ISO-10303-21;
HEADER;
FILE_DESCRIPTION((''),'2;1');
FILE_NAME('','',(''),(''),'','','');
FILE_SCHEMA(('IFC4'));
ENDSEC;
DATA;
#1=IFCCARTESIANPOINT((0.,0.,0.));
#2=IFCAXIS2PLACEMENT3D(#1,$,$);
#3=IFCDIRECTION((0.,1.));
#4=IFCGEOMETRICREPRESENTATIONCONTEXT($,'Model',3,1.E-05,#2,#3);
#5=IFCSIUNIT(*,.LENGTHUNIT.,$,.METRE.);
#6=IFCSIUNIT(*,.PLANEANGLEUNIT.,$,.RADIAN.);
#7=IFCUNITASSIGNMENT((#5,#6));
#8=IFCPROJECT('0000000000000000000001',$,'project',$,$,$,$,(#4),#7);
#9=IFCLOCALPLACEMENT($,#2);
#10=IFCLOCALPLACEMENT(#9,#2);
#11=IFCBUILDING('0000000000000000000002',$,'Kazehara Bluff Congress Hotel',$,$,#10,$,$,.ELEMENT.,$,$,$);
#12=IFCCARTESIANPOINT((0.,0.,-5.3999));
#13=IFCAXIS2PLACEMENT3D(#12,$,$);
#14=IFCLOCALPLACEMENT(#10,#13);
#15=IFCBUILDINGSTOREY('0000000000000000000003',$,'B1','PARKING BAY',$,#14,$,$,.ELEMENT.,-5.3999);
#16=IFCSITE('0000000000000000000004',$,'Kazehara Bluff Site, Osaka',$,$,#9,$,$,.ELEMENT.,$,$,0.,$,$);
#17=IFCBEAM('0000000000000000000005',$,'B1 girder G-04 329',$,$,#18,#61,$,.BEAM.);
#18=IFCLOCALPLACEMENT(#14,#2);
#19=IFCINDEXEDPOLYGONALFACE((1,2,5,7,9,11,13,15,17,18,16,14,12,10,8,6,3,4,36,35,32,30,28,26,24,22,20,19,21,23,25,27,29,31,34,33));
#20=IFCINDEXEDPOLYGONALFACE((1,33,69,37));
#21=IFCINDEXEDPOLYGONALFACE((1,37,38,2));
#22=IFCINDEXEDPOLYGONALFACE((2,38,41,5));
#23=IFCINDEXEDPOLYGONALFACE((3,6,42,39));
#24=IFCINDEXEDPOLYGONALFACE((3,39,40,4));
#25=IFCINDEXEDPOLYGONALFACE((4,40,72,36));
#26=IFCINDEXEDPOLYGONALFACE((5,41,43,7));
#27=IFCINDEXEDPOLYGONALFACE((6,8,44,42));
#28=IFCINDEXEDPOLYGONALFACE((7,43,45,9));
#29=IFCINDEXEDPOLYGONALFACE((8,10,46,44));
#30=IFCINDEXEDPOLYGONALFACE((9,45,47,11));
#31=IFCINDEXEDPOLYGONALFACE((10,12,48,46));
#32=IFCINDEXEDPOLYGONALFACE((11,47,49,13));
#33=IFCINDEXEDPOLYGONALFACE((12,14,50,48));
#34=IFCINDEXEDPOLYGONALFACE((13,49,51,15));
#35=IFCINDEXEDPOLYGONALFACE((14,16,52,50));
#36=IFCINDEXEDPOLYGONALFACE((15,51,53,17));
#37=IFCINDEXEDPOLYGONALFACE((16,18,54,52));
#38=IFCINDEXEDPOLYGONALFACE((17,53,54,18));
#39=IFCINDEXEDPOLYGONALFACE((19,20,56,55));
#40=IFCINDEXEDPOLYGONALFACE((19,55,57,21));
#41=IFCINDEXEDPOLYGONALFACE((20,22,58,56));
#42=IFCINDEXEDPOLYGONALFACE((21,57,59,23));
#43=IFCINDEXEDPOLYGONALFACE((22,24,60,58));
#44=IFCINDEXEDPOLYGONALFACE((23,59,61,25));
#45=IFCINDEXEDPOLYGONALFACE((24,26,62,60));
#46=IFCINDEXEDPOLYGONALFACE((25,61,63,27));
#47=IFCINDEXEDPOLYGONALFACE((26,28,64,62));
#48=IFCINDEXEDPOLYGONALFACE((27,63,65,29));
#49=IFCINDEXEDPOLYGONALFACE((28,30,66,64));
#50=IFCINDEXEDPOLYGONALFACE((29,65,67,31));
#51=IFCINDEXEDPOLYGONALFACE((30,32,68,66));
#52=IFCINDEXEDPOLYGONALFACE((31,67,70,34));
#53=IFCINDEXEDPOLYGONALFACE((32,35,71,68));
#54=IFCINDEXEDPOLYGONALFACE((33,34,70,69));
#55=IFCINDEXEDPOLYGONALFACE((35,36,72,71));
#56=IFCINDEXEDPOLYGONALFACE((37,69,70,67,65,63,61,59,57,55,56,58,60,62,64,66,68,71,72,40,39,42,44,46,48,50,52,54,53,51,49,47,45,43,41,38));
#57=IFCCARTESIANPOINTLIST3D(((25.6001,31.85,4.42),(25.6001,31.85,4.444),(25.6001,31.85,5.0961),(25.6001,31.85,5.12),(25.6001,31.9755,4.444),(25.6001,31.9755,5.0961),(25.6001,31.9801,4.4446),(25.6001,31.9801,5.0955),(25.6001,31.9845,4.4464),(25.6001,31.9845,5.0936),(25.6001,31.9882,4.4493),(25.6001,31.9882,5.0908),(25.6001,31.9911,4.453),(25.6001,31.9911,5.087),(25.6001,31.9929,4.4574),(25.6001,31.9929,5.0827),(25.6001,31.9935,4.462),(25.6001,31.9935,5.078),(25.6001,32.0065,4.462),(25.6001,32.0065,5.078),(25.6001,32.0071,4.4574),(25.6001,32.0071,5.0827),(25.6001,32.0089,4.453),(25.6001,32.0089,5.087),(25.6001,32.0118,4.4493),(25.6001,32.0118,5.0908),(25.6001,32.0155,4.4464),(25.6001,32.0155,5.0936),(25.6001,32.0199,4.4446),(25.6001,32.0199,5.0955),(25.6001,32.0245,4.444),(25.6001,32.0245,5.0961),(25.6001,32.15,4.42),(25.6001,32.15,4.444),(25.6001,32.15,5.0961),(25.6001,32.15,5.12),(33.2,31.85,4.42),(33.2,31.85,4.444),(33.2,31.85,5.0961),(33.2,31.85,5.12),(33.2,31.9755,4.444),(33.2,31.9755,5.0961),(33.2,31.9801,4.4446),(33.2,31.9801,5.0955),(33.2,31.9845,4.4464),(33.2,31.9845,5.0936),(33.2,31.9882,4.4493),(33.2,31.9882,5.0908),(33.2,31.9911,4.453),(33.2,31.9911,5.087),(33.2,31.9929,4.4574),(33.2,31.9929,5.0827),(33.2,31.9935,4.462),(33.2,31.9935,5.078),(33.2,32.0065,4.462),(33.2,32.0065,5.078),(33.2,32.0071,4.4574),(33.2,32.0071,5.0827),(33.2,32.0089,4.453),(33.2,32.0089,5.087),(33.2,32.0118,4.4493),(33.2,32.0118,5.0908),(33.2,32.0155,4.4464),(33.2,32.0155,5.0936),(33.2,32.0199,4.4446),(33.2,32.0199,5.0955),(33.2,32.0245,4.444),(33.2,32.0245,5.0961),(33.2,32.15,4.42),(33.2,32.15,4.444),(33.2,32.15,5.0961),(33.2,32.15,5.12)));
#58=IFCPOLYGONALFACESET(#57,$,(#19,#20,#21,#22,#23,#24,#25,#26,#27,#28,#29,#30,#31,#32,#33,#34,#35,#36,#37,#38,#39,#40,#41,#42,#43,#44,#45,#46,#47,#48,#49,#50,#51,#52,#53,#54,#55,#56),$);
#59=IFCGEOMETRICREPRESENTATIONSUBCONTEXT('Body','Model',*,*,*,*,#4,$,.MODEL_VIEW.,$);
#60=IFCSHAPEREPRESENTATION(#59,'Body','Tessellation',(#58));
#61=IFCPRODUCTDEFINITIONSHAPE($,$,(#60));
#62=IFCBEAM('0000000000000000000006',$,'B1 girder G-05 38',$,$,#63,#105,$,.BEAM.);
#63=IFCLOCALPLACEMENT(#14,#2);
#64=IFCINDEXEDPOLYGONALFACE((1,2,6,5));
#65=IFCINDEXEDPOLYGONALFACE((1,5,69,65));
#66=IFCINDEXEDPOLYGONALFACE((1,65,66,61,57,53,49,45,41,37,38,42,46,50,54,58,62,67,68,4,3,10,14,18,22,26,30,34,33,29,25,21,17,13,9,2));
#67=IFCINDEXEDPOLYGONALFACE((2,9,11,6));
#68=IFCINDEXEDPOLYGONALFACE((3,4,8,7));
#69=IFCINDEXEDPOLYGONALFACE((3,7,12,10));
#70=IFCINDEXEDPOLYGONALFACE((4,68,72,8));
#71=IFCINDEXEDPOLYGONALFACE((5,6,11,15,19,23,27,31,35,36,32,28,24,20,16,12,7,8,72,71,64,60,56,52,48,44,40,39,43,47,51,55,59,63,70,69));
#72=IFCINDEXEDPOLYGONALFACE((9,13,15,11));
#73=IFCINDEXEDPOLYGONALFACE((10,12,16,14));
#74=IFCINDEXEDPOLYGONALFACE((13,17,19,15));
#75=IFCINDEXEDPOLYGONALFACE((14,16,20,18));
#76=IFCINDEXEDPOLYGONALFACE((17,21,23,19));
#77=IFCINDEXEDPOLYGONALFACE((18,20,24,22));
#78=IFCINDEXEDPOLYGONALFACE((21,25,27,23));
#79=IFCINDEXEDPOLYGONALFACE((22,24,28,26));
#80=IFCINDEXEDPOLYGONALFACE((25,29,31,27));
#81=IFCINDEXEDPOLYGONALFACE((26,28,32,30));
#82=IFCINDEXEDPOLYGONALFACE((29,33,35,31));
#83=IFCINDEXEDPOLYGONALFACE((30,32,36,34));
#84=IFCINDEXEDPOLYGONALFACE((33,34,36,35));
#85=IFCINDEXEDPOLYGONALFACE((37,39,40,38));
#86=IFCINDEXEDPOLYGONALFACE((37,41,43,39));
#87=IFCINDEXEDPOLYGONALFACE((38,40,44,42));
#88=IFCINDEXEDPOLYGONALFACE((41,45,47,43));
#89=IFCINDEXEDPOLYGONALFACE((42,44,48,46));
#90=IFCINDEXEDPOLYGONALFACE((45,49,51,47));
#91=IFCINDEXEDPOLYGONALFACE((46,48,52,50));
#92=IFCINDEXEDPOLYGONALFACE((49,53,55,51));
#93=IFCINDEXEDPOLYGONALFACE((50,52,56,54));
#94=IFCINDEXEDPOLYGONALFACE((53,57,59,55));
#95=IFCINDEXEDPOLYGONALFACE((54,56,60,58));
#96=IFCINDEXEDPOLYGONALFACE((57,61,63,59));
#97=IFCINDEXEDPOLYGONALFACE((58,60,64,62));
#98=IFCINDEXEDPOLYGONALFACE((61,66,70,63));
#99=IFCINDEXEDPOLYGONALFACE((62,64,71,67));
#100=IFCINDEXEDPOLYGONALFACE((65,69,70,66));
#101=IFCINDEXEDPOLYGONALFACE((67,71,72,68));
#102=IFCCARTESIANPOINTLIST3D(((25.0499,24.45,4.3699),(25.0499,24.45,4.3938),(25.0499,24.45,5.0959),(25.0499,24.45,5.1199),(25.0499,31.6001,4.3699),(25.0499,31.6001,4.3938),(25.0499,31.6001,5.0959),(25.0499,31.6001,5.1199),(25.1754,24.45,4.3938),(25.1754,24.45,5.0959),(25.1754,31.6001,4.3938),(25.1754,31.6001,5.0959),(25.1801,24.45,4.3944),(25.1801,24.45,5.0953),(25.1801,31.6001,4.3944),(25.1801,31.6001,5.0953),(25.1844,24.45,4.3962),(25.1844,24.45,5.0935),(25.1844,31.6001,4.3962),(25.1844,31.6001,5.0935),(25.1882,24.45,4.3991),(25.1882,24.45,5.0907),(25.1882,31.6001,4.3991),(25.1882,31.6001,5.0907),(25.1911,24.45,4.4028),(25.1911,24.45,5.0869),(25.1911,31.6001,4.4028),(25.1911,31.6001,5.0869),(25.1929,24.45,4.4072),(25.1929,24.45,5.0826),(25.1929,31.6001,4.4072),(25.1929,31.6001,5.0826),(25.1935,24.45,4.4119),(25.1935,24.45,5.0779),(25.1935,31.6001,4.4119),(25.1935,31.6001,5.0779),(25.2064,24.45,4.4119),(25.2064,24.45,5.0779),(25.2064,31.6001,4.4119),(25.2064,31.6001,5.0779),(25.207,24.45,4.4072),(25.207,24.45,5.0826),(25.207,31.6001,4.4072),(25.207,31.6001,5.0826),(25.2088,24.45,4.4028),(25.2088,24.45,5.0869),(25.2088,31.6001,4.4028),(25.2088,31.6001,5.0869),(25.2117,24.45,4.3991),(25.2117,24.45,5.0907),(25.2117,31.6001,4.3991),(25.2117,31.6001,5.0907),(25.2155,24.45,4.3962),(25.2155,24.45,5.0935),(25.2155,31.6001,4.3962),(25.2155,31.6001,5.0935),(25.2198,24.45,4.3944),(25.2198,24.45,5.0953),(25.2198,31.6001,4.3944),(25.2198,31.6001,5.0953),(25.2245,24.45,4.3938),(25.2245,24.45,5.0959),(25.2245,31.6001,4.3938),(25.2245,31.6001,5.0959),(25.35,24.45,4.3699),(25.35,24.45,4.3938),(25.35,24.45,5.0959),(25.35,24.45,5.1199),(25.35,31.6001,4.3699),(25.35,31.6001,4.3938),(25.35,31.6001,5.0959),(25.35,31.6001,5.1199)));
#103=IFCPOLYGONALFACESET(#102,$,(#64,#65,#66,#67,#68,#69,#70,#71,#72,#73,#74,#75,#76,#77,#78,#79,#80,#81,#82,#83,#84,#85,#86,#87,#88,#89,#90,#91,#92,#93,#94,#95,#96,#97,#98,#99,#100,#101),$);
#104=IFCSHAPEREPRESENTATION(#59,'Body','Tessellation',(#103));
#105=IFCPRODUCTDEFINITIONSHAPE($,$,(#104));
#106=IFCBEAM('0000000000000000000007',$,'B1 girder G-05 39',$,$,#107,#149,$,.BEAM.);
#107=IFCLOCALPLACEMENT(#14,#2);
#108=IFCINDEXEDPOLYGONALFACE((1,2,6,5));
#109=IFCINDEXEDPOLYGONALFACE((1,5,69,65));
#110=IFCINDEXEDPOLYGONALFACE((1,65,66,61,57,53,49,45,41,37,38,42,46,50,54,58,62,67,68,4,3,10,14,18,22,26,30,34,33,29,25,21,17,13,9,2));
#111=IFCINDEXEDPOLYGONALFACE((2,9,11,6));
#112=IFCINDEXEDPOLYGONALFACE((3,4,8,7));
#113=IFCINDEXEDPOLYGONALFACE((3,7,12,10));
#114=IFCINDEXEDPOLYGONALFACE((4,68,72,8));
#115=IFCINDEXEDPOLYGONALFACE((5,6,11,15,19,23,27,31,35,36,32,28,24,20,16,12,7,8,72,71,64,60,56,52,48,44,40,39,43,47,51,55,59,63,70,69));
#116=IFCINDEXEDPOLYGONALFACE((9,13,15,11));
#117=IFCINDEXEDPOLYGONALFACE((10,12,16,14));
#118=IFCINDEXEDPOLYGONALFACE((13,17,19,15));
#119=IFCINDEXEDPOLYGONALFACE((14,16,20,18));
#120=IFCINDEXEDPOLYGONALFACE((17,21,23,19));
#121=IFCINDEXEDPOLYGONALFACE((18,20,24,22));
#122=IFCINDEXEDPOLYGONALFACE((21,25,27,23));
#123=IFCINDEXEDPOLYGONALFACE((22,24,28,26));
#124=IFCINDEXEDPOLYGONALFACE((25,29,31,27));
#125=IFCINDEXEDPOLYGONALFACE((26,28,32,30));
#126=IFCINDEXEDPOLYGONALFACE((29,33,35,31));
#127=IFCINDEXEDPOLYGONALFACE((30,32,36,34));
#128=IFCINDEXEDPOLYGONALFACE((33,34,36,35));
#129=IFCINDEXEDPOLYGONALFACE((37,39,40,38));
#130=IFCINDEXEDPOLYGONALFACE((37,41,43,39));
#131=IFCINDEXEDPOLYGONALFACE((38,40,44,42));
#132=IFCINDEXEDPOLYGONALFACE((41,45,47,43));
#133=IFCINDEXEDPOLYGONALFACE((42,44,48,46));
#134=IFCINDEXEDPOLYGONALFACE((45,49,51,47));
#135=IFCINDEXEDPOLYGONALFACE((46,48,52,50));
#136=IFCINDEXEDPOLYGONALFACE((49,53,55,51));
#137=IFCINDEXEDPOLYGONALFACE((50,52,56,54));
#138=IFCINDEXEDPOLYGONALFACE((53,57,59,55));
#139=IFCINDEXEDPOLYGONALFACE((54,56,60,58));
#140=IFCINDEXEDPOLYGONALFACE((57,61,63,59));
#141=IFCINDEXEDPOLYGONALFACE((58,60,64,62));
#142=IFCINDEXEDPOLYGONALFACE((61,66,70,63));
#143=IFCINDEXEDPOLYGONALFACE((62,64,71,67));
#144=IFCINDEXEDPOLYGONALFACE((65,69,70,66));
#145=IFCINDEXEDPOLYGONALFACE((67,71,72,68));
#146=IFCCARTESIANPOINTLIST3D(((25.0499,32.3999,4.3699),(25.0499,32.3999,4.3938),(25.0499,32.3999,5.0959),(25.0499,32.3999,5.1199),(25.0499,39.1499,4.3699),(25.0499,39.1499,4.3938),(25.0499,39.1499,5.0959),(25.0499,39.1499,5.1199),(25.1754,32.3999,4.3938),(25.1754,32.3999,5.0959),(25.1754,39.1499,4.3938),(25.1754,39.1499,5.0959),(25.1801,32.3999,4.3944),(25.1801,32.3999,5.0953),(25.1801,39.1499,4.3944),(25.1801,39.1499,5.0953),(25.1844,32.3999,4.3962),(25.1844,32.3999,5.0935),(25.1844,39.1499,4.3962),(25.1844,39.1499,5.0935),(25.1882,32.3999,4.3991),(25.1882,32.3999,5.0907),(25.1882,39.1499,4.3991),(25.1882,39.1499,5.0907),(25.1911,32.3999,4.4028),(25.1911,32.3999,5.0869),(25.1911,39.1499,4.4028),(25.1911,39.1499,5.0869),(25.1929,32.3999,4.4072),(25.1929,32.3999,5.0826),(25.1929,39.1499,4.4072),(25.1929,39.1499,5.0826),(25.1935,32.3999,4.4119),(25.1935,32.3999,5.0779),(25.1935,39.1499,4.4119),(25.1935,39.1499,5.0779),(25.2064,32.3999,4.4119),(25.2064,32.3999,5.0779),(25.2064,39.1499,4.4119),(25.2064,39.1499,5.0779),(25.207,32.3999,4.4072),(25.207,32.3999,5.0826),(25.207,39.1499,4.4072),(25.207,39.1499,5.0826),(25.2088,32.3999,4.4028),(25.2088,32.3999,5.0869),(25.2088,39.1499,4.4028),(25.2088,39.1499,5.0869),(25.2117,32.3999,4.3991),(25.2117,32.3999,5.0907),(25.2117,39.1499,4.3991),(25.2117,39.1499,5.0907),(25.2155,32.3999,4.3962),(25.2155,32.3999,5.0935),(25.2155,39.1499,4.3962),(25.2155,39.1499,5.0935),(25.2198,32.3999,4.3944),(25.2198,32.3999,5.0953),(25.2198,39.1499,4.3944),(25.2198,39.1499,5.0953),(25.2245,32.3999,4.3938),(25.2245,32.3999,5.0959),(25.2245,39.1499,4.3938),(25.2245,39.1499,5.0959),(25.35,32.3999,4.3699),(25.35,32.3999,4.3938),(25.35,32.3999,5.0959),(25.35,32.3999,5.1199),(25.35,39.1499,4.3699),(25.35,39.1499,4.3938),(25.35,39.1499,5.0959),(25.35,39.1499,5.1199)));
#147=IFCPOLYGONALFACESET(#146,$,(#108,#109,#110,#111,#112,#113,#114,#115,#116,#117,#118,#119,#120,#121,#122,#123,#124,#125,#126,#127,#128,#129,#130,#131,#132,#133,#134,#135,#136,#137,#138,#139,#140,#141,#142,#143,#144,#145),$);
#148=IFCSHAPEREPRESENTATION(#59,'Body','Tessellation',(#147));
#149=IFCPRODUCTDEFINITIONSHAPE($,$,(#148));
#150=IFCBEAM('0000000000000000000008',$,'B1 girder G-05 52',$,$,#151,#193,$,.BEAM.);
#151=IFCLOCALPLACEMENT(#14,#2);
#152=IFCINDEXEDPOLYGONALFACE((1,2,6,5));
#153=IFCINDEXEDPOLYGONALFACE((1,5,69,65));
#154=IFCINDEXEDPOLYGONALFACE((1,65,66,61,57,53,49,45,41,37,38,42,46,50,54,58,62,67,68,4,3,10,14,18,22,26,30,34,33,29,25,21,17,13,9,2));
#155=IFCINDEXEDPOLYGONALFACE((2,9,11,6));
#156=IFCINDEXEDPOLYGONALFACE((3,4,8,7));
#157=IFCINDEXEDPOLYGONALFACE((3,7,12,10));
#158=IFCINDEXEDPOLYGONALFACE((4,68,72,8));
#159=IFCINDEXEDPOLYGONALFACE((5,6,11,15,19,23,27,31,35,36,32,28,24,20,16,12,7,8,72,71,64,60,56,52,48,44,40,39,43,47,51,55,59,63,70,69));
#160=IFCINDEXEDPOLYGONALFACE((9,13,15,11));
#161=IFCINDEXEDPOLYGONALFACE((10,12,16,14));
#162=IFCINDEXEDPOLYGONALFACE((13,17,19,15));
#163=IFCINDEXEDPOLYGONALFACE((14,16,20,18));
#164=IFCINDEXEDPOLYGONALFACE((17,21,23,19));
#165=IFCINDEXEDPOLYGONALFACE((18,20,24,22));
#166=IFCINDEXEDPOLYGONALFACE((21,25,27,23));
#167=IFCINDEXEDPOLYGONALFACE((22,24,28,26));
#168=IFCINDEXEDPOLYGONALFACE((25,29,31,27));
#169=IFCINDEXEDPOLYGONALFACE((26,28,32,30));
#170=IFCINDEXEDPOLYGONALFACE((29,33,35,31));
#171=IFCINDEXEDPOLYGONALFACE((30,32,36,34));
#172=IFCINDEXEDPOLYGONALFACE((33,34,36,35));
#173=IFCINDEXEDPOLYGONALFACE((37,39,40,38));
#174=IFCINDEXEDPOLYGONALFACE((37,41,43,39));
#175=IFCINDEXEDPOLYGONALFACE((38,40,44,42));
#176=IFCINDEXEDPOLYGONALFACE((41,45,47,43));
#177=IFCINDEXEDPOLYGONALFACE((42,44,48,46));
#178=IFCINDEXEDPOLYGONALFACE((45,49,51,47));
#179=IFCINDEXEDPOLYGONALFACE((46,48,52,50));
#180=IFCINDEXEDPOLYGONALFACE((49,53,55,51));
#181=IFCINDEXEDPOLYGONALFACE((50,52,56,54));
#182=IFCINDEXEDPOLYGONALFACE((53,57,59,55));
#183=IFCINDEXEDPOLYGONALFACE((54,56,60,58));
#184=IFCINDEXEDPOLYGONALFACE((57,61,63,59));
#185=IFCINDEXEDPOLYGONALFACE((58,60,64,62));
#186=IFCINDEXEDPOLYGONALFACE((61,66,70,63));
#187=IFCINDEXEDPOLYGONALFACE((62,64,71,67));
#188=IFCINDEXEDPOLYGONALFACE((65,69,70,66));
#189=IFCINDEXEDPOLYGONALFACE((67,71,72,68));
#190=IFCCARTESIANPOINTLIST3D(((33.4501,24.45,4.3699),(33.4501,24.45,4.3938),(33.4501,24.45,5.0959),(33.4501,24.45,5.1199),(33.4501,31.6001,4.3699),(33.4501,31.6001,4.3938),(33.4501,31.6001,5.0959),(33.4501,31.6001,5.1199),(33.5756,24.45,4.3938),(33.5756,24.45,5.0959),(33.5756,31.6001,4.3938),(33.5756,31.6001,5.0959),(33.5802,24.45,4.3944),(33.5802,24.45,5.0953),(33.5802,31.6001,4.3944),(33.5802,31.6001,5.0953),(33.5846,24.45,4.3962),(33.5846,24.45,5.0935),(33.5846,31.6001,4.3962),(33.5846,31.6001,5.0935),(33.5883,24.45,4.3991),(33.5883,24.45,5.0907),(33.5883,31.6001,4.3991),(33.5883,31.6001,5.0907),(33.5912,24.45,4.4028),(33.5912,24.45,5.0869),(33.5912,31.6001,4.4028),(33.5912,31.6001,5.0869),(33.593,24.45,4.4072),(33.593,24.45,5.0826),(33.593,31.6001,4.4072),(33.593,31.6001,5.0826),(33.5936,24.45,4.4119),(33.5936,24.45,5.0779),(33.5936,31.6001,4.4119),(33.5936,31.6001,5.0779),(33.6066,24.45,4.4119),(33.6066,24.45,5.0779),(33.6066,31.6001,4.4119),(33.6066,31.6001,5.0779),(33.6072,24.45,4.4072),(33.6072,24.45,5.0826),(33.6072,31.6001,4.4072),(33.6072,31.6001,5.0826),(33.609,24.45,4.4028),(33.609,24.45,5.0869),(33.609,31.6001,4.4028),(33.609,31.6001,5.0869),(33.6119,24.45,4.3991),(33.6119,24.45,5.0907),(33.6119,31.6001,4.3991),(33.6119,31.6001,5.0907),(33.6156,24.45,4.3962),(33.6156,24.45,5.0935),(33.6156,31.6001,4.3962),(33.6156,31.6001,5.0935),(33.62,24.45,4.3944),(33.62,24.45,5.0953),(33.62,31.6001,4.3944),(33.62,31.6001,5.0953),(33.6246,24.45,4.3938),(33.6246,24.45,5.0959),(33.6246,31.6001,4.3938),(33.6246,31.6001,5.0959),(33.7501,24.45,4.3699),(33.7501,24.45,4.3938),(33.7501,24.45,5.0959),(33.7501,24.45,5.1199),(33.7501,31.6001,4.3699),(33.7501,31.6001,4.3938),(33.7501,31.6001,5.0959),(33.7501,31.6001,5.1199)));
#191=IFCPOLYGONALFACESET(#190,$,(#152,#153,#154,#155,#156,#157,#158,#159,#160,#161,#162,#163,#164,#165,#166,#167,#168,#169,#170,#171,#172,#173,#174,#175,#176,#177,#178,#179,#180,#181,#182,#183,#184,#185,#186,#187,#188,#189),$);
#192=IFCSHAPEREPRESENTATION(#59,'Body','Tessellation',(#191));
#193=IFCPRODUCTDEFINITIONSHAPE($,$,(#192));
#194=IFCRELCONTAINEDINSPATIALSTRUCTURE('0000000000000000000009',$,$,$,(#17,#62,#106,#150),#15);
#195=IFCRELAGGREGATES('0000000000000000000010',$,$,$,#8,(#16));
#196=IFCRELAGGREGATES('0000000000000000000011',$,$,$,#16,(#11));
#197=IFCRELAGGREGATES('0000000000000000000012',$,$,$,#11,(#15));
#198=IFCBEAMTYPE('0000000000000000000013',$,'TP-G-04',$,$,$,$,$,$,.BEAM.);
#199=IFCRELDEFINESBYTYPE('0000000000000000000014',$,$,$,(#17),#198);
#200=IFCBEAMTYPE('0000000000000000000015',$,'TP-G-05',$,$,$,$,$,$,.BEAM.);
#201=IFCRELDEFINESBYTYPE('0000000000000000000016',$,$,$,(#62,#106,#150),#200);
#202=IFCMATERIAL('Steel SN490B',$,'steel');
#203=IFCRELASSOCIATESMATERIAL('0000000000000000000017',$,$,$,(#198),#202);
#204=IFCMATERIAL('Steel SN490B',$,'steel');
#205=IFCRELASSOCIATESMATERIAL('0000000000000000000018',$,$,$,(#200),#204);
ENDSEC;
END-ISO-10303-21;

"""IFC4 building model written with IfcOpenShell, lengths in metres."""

from ifc_helpers import new_model, si_unit, direction, frame, origin, origin_2d, place, context, subcontext, project, spatial, i_section, extrude, material, material_profile, profile_set, type_object, element, save


model = new_model("IFC4")

# Units and contexts
model_context = context("Model", 3, precision=1e-05, world=origin(), true_north=direction((0.0, 1.0)))
body_context = subcontext(model_context, "Body", "Model", "MODEL_VIEW")
ifc_project = project(units=[si_unit("LENGTHUNIT", "METRE"), si_unit("PLANEANGLEUNIT", "RADIAN")], contexts=[model_context])

# Site, building, storey
site_placement = place(None, origin())
site = spatial("IfcSite", under=ifc_project, at=site_placement, Name="Kazehara Bluff Site, Osaka", CompositionType="ELEMENT", RefElevation=0.0)
building_placement = place(site_placement, origin())
building = spatial("IfcBuilding", under=site, at=building_placement, Name="Kazehara Bluff Congress Hotel", CompositionType="ELEMENT")
storey_placement = place(building_placement, frame((0.0, 0.0, -5.3999)))
storey = spatial("IfcBuildingStorey", under=building, at=storey_placement, Name="B1", Description="PARKING BAY", CompositionType="ELEMENT", Elevation=-5.3999)

# Beams
ifc_material_1 = material(Name="Steel SN490B", Category="steel")
ifc_material_profile_1 = material_profile(ifc_material_1, i_section(OverallWidth=0.3, OverallDepth=0.7, WebThickness=0.0129, FlangeThickness=0.0239, FilletRadius=0.0181, at=origin_2d()))
ifc_profile_set_1 = profile_set([ifc_material_profile_1], Name="Steel SN490B")
beam_type_1 = type_object("IfcBeamType", Name="TP-G-04", PredefinedType="BEAM", material=ifc_profile_set_1)
beam_1_placement = place(storey_placement, frame((25.6001, 32.0, 4.77), z_axis=(1.0, 0.0, 0.0), x_axis=(0.0, 1.0, 0.0)))
element("IfcBeam", 1, at=beam_1_placement, inside=storey, type_object=beam_type_1, Name="B1 girder G-04 329", PredefinedType="BEAM", context=body_context, shape_type="SweptSolid", body=[
    extrude(i_section(OverallWidth=0.3, OverallDepth=0.7, WebThickness=0.0129, FlangeThickness=0.0239, FilletRadius=0.0181, at=origin_2d()), origin(), (0.0, 0.0, 1.0), 7.5999),
])
ifc_material_2 = material(Name="Steel SN490B", Category="steel")
ifc_material_profile_2 = material_profile(ifc_material_2, i_section(OverallWidth=0.3, OverallDepth=0.75, WebThickness=0.0129, FlangeThickness=0.0239, FilletRadius=0.0181, at=origin_2d()))
ifc_profile_set_2 = profile_set([ifc_material_profile_2], Name="Steel SN490B")
beam_type_2 = type_object("IfcBeamType", Name="TP-G-05", PredefinedType="BEAM", material=ifc_profile_set_2)
beam_2_placement = place(storey_placement, frame((25.2, 24.45, 4.7449), z_axis=(0.0, 1.0, 0.0), x_axis=(-1.0, 0.0, 0.0)))
element("IfcBeam", 2, at=beam_2_placement, inside=storey, type_object=beam_type_2, Name="B1 girder G-05 38", PredefinedType="BEAM", context=body_context, shape_type="SweptSolid", body=[
    extrude(i_section(OverallWidth=0.3, OverallDepth=0.75, WebThickness=0.0129, FlangeThickness=0.0239, FilletRadius=0.0181, at=origin_2d()), origin(), (0.0, 0.0, 1.0), 7.1501),
])
beam_3_placement = place(storey_placement, frame((25.2, 32.3999, 4.7449), z_axis=(0.0, 1.0, 0.0), x_axis=(-1.0, 0.0, 0.0)))
element("IfcBeam", 3, at=beam_3_placement, inside=storey, type_object=beam_type_2, Name="B1 girder G-05 39", PredefinedType="BEAM", context=body_context, shape_type="SweptSolid", body=[
    extrude(i_section(OverallWidth=0.3, OverallDepth=0.75, WebThickness=0.0129, FlangeThickness=0.0239, FilletRadius=0.0181, at=origin_2d()), origin(), (0.0, 0.0, 1.0), 6.75),
])
beam_4_placement = place(storey_placement, frame((33.6001, 24.45, 4.7449), z_axis=(0.0, 1.0, 0.0), x_axis=(-1.0, 0.0, 0.0)))
element("IfcBeam", 4, at=beam_4_placement, inside=storey, type_object=beam_type_2, Name="B1 girder G-05 52", PredefinedType="BEAM", context=body_context, shape_type="SweptSolid", body=[
    extrude(i_section(OverallWidth=0.3, OverallDepth=0.75, WebThickness=0.0129, FlangeThickness=0.0239, FilletRadius=0.0181, at=origin_2d()), origin(), (0.0, 0.0, 1.0), 7.1501),
])

save(model, "model.ifc")
